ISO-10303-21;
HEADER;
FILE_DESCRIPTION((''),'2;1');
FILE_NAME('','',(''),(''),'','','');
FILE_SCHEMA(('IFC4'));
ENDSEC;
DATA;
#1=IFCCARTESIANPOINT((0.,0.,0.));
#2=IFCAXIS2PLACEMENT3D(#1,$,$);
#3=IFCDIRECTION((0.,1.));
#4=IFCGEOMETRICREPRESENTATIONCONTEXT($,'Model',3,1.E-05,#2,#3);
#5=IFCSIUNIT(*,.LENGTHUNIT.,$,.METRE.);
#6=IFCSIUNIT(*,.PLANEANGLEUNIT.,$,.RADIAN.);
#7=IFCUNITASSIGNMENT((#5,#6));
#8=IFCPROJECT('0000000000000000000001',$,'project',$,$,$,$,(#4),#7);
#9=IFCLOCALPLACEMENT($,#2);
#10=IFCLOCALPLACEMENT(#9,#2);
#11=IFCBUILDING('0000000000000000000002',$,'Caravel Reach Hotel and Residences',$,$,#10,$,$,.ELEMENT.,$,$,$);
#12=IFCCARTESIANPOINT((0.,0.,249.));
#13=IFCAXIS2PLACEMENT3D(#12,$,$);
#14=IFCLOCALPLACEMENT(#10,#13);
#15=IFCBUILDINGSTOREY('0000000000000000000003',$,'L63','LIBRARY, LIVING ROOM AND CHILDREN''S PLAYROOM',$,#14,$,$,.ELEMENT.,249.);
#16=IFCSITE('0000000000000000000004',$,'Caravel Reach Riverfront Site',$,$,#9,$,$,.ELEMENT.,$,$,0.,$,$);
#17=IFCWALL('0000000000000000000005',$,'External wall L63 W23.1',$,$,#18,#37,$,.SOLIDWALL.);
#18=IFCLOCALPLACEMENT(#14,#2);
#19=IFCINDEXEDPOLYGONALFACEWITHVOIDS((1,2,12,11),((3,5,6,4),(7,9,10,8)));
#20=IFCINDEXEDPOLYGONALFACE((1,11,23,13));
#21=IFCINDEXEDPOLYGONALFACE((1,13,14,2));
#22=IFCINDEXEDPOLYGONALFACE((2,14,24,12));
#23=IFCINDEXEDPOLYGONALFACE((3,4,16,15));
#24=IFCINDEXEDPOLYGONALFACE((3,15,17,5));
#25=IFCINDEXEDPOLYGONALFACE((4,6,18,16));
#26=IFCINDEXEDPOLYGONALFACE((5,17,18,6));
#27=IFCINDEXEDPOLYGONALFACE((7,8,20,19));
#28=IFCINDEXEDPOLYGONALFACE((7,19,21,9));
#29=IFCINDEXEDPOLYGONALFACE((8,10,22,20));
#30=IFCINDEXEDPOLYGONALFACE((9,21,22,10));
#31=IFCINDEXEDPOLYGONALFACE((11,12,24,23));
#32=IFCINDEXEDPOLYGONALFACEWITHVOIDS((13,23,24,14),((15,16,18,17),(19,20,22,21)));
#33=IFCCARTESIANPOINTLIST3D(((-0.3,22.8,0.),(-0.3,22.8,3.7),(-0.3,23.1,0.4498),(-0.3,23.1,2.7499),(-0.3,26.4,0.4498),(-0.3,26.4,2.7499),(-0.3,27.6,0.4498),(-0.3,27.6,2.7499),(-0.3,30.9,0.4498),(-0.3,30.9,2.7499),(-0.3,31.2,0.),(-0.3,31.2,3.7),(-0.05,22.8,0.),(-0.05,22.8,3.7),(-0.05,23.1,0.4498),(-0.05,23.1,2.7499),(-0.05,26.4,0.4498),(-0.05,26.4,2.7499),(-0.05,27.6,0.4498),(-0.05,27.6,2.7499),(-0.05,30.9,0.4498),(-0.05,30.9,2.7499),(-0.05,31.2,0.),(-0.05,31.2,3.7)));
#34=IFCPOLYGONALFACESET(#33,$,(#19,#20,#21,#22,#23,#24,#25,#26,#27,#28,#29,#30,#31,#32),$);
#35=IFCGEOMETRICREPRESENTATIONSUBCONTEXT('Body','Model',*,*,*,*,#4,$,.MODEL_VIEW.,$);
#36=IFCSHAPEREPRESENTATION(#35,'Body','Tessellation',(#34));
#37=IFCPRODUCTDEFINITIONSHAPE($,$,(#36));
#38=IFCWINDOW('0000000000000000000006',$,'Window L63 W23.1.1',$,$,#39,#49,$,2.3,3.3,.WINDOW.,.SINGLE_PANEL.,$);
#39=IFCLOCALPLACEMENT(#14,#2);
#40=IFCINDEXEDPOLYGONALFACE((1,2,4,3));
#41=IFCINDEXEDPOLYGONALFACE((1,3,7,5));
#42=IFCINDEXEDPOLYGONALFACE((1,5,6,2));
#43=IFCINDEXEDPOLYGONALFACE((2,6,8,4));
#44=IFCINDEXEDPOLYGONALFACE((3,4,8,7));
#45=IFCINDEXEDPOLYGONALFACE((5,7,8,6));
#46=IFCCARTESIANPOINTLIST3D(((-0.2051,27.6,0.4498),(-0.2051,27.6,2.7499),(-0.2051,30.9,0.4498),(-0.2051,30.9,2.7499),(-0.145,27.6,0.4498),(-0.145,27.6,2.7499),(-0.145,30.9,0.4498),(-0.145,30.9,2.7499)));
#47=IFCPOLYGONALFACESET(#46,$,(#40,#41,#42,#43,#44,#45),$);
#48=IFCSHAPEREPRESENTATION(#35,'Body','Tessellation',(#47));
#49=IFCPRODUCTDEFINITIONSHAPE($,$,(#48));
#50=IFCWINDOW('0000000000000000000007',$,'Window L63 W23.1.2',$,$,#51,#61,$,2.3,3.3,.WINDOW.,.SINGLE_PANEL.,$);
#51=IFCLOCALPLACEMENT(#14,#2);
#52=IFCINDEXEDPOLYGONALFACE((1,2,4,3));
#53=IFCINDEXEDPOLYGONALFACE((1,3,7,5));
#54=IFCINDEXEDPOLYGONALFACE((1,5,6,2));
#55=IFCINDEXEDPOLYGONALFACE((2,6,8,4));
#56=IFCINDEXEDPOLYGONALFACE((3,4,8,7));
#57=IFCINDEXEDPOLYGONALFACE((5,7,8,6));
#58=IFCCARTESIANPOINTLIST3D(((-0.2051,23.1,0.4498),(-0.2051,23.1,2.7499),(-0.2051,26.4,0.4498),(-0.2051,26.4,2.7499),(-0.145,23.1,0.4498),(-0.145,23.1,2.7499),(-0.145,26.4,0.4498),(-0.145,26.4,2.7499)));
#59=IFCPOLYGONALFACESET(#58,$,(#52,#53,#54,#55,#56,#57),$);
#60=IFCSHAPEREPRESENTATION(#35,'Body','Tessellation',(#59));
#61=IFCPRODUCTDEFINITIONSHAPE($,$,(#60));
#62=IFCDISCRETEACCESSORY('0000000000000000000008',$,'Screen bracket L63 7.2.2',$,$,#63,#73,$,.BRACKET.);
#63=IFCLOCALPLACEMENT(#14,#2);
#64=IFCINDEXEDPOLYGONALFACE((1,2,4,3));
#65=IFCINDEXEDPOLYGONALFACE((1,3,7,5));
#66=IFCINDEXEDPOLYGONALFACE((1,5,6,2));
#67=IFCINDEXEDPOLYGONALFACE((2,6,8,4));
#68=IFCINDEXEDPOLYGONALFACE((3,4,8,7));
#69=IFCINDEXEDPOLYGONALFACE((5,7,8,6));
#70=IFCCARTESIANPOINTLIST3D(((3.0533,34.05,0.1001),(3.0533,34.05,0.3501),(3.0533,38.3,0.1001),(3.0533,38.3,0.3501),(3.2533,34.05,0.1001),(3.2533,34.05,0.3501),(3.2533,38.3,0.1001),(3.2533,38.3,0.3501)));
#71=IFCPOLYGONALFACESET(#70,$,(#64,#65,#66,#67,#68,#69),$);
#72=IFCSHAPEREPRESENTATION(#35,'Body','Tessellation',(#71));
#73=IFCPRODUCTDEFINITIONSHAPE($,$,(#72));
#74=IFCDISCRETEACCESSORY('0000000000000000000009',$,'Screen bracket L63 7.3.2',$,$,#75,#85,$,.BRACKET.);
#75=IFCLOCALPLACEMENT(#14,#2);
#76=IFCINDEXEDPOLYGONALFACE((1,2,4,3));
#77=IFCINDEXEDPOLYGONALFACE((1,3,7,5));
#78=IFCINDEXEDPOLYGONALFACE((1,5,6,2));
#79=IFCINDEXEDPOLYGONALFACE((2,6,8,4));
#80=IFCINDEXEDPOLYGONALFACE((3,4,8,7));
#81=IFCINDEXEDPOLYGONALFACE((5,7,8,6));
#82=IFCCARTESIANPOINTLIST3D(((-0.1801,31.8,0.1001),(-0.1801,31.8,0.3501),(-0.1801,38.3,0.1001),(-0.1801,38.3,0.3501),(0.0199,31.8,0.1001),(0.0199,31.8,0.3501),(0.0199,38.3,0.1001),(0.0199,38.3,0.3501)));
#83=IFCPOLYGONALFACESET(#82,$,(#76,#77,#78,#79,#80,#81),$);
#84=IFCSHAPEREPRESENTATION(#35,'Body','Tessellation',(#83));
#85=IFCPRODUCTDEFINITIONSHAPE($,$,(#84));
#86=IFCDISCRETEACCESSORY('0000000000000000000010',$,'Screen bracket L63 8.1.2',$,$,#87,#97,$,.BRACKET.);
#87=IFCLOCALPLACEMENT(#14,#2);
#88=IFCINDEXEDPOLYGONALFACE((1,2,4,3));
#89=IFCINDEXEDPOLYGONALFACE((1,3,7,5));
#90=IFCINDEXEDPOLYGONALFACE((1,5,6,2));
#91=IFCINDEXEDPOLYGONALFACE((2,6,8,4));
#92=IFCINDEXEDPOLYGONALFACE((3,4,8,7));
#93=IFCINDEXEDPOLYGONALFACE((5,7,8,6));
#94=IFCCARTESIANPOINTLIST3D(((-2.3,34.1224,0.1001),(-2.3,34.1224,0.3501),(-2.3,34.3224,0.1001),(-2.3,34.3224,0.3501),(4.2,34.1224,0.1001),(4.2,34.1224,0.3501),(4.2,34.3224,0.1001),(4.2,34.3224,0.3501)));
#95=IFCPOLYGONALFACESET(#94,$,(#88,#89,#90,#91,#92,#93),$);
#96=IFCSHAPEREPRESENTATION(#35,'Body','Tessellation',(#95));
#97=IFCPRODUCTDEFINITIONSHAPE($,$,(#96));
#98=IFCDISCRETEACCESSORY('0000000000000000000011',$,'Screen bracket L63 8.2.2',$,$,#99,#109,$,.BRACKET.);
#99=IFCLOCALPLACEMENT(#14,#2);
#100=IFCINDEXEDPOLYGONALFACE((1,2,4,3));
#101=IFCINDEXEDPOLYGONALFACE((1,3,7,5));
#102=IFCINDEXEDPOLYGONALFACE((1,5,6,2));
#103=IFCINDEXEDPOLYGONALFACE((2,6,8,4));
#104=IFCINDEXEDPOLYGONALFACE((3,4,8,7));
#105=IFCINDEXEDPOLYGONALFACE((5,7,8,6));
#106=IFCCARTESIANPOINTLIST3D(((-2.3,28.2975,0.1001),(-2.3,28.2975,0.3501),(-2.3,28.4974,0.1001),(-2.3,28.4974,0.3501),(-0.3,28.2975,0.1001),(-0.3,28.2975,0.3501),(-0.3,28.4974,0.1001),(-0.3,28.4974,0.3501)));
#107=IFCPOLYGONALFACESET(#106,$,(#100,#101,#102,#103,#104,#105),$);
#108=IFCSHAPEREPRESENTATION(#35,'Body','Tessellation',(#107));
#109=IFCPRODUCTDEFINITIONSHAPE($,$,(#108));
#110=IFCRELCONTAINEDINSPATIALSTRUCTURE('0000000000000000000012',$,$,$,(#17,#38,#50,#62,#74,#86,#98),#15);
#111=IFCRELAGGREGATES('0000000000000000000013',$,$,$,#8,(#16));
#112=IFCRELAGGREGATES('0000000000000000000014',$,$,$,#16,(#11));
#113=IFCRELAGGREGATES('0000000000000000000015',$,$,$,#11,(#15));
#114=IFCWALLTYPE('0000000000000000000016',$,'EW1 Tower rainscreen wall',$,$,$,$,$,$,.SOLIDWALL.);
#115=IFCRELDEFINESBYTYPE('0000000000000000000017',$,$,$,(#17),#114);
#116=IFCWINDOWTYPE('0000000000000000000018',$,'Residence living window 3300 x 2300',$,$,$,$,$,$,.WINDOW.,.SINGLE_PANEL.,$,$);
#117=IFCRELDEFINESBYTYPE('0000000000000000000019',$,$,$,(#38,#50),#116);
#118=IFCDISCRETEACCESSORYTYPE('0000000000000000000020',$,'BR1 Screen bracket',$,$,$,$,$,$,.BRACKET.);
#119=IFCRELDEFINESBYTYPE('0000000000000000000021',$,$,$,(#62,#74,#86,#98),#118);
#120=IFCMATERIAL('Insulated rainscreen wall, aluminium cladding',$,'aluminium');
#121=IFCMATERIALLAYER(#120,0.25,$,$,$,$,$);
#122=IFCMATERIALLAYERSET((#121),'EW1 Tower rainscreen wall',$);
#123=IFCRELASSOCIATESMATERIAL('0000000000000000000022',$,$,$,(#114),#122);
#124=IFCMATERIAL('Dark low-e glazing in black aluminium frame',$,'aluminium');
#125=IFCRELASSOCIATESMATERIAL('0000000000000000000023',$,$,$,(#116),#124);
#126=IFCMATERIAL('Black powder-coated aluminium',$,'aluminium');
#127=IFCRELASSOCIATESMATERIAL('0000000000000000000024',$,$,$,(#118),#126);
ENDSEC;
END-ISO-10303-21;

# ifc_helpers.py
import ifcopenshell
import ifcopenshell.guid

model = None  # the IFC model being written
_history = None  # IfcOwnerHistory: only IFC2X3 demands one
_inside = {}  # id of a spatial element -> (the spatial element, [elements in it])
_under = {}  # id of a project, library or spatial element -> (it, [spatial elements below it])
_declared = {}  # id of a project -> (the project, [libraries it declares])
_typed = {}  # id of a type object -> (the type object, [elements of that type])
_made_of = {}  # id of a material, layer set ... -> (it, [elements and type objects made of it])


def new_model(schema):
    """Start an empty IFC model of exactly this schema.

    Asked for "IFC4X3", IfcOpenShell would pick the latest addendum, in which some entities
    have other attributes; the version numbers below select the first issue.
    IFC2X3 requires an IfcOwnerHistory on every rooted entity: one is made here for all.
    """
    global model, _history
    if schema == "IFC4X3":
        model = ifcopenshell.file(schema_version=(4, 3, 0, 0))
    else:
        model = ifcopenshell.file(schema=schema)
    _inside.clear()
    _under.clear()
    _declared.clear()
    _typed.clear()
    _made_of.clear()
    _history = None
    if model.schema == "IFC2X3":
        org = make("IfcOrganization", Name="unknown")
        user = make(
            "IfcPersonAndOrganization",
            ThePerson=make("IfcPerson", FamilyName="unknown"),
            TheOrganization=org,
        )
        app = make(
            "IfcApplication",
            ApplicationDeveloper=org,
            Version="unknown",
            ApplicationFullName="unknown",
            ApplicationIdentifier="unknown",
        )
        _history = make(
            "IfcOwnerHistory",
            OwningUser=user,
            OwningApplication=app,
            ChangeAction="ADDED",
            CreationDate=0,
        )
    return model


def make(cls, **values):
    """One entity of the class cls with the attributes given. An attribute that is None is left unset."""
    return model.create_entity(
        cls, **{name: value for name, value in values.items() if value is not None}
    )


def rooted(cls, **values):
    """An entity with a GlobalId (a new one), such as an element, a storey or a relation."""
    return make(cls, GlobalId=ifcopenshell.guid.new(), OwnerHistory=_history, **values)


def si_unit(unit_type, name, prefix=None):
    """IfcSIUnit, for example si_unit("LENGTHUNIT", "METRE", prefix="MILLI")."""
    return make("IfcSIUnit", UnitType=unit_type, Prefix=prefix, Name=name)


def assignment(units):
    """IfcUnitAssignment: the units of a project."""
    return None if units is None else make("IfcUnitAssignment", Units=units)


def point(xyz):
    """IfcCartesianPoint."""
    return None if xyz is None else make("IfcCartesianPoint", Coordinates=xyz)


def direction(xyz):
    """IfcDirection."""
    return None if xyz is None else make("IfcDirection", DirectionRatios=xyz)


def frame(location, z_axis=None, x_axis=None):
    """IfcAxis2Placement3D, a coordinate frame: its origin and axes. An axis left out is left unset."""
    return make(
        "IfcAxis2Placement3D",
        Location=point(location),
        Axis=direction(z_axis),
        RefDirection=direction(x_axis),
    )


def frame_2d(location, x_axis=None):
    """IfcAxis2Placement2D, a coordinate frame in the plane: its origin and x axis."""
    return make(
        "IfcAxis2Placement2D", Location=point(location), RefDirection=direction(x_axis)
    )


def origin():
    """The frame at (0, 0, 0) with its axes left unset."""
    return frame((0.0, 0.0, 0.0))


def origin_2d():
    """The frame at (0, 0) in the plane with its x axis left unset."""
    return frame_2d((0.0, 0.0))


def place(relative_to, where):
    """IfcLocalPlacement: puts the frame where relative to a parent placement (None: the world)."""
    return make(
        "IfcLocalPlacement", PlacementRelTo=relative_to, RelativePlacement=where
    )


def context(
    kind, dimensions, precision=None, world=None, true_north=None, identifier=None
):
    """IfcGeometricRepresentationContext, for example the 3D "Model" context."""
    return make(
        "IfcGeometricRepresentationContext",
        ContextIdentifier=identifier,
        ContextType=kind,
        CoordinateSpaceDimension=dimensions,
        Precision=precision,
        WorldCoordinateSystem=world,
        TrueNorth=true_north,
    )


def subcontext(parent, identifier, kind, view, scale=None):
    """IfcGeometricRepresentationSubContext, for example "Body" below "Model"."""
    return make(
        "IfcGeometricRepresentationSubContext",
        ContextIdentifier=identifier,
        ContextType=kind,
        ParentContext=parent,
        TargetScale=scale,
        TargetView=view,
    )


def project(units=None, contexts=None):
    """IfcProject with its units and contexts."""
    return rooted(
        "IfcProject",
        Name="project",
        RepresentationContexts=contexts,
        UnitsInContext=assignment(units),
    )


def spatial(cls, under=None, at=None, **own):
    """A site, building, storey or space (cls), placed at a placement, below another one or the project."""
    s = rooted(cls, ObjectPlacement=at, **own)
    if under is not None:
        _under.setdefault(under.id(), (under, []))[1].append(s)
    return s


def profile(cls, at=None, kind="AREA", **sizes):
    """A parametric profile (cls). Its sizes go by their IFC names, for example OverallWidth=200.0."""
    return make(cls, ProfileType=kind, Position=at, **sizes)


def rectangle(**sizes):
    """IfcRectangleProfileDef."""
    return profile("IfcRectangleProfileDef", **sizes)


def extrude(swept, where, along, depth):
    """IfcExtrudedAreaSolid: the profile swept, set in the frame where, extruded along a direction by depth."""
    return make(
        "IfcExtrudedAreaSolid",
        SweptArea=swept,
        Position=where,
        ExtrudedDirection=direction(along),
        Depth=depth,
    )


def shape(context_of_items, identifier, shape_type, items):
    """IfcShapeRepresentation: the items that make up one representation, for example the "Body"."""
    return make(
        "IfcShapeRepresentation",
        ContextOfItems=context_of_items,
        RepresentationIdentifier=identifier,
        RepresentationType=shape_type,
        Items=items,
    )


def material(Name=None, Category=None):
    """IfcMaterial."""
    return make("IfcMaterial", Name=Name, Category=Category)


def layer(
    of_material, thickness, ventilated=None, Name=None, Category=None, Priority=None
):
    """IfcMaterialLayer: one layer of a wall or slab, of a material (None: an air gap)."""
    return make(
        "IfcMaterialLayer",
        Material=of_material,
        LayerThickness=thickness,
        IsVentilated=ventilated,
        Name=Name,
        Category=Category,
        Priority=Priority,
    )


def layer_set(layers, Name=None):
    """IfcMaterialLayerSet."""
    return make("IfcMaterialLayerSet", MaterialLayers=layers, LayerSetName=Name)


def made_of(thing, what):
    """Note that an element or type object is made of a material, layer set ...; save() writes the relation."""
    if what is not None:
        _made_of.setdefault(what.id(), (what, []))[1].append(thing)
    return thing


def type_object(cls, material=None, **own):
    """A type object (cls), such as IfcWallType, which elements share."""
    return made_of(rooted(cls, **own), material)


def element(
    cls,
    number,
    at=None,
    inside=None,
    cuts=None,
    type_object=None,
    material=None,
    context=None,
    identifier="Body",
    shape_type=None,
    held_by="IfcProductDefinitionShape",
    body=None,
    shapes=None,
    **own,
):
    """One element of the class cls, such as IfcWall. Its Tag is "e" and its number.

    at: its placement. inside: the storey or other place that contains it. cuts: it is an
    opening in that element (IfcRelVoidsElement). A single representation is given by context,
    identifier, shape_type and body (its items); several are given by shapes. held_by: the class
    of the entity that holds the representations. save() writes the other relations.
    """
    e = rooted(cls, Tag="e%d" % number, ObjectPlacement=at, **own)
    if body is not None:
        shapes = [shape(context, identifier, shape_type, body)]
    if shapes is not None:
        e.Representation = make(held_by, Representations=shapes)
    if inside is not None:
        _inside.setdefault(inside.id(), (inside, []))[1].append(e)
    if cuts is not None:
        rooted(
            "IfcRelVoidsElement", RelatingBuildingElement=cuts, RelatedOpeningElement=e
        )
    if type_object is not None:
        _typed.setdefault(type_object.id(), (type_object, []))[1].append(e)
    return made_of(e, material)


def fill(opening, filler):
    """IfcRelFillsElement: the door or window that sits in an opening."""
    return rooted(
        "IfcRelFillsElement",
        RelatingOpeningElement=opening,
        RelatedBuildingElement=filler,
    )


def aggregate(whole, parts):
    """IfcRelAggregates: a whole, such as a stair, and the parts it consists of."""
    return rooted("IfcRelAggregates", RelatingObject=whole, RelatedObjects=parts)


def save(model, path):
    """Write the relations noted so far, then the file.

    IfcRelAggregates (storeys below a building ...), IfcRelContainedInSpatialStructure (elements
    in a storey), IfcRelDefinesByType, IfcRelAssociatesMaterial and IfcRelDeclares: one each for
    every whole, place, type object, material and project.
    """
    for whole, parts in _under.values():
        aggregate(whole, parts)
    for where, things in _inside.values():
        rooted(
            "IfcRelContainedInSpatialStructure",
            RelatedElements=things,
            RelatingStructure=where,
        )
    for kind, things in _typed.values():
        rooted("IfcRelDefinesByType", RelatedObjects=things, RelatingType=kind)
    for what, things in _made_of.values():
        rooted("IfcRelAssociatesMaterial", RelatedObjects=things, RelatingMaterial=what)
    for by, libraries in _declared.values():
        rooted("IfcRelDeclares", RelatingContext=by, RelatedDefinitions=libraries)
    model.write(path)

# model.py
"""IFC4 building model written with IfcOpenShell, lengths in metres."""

from ifc_helpers import new_model, si_unit, direction, frame, frame_2d, origin, origin_2d, place, context, subcontext, project, spatial, rectangle, extrude, material, layer, layer_set, type_object, element, fill, save


model = new_model("IFC4")

# Units and contexts
model_context = context("Model", 3, precision=1e-05, world=origin(), true_north=direction((0.0, 1.0)))
body_context = subcontext(model_context, "Body", "Model", "MODEL_VIEW")
ifc_project = project(units=[si_unit("LENGTHUNIT", "METRE"), si_unit("PLANEANGLEUNIT", "RADIAN")], contexts=[model_context])

# Site, building, storey
site_placement = place(None, origin())
site = spatial("IfcSite", under=ifc_project, at=site_placement, Name="Caravel Reach Riverfront Site", CompositionType="ELEMENT", RefElevation=0.0)
building_placement = place(site_placement, origin())
building = spatial("IfcBuilding", under=site, at=building_placement, Name="Caravel Reach Hotel and Residences", CompositionType="ELEMENT")
storey_placement = place(building_placement, frame((0.0, 0.0, 249.0)))
storey = spatial("IfcBuildingStorey", under=building, at=storey_placement, Name="L63", Description="LIBRARY, LIVING ROOM AND CHILDREN'S PLAYROOM", CompositionType="ELEMENT", Elevation=249.0)

# Shared definitions
ifc_material_1 = material(Name="Insulated rainscreen wall, aluminium cladding", Category="aluminium")
ifc_layer = layer(ifc_material_1, 0.25)
ifc_layer_set = layer_set([ifc_layer], Name="EW1 Tower rainscreen wall")
wall_type = type_object("IfcWallType", Name="EW1 Tower rainscreen wall", PredefinedType="SOLIDWALL", material=ifc_layer_set)

# Wall, openings, windows
wall_1_placement = place(storey_placement, frame((-0.175, 31.2, 0.0), z_axis=(0.0, 0.0, 1.0), x_axis=(0.0, -1.0, 0.0)))
wall_1 = element("IfcWall", 1, at=wall_1_placement, inside=storey, type_object=wall_type, Name="External wall L63 W23.1", PredefinedType="SOLIDWALL", context=body_context, shape_type="SweptSolid", body=[
    extrude(rectangle(XDim=8.3999, YDim=0.25, at=frame_2d((4.2, 0.0))), origin(), (0.0, 0.0, 1.0), 3.7),
])
opening_1_placement = place(wall_1_placement, frame((0.3, 0.0, 0.45)))
opening_1 = element("IfcOpeningElement", 2, at=opening_1_placement, cuts=wall_1, PredefinedType="OPENING", context=body_context, shape_type="SweptSolid", body=[
    extrude(rectangle(XDim=3.3, YDim=2.3, at=frame_2d((1.6499, 1.1499))), frame((0.0, 0.135, 0.0), z_axis=(0.0, -1.0, 0.0), x_axis=(1.0, 0.0, 0.0)), (0.0, 0.0, 1.0), 0.27),
])
opening_2_placement = place(wall_1_placement, frame((4.8, 0.0, 0.45)))
opening_2 = element("IfcOpeningElement", 3, at=opening_2_placement, cuts=wall_1, PredefinedType="OPENING", context=body_context, shape_type="SweptSolid", body=[
    extrude(rectangle(XDim=3.3, YDim=2.3, at=frame_2d((1.6499, 1.1499))), frame((0.0, 0.135, 0.0), z_axis=(0.0, -1.0, 0.0), x_axis=(1.0, 0.0, 0.0)), (0.0, 0.0, 1.0), 0.27),
])
ifc_material_2 = material(Name="Dark low-e glazing in black aluminium frame", Category="aluminium")
window_type_1 = type_object("IfcWindowType", Name="Residence living window 3300 x 2300", PartitioningType="SINGLE_PANEL", PredefinedType="WINDOW", material=ifc_material_2)
window_1_placement = place(opening_1_placement, origin())
window_1 = element("IfcWindow", 4, at=window_1_placement, inside=storey, type_object=window_type_1, Name="Window L63 W23.1.1", OverallHeight=2.3, OverallWidth=3.3, PartitioningType="SINGLE_PANEL", PredefinedType="WINDOW", context=body_context, shape_type="SweptSolid", body=[
    extrude(rectangle(XDim=3.3, YDim=2.3, at=frame_2d((1.6499, 1.1499))), frame((0.0, 0.03, 0.0), z_axis=(0.0, -1.0, 0.0), x_axis=(1.0, 0.0, 0.0)), (0.0, 0.0, 1.0), 0.0601),
])
fill(opening_1, window_1)
window_2_placement = place(opening_2_placement, origin())
window_2 = element("IfcWindow", 5, at=window_2_placement, inside=storey, type_object=window_type_1, Name="Window L63 W23.1.2", OverallHeight=2.3, OverallWidth=3.3, PartitioningType="SINGLE_PANEL", PredefinedType="WINDOW", context=body_context, shape_type="SweptSolid", body=[
    extrude(rectangle(XDim=3.3, YDim=2.3, at=frame_2d((1.6499, 1.1499))), frame((0.0, 0.03, 0.0), z_axis=(0.0, -1.0, 0.0), x_axis=(1.0, 0.0, 0.0)), (0.0, 0.0, 1.0), 0.0601),
])
fill(opening_2, window_2)

# Discrete accessories
ifc_material_3 = material(Name="Black powder-coated aluminium", Category="aluminium")
discrete_accessory_type = type_object("IfcDiscreteAccessoryType", Name="BR1 Screen bracket", PredefinedType="BRACKET", material=ifc_material_3)
discrete_accessory_1_placement = place(storey_placement, frame((3.1533, 36.175, 0.1001), z_axis=(0.0, 0.0, 1.0), x_axis=(0.0, 1.0, 0.0)))
element("IfcDiscreteAccessory", 6, at=discrete_accessory_1_placement, inside=storey, type_object=discrete_accessory_type, Name="Screen bracket L63 7.2.2", PredefinedType="BRACKET", context=body_context, shape_type="SweptSolid", body=[
    extrude(rectangle(XDim=4.25, YDim=0.2, at=origin_2d()), origin(), (0.0, 0.0, 1.0), 0.25),
])
for number, where, z_axis, x_axis, name in (
    (7, (-0.0801, 35.05, 0.1001), (0.0, 0.0, 1.0), (0.0, 1.0, 0.0), "Screen bracket L63 7.3.2"),
    (8, (0.95, 34.2224, 0.1001), (0.0, 0.0, 1.0), (-1.0, 0.0, 0.0), "Screen bracket L63 8.1.2"),
):
    element("IfcDiscreteAccessory", number, at=place(storey_placement, frame(where, z_axis=z_axis, x_axis=x_axis)), inside=storey, type_object=discrete_accessory_type, Name=name, PredefinedType="BRACKET", context=body_context, shape_type="SweptSolid", body=[
        extrude(rectangle(XDim=6.5, YDim=0.2, at=origin_2d()), origin(), (0.0, 0.0, 1.0), 0.25),
    ])
discrete_accessory_2_placement = place(storey_placement, frame((-1.3, 28.3975, 0.1001), z_axis=(0.0, 0.0, 1.0), x_axis=(-1.0, 0.0, 0.0)))
element("IfcDiscreteAccessory", 9, at=discrete_accessory_2_placement, inside=storey, type_object=discrete_accessory_type, Name="Screen bracket L63 8.2.2", PredefinedType="BRACKET", context=body_context, shape_type="SweptSolid", body=[
    extrude(rectangle(XDim=2.0, YDim=0.2, at=origin_2d()), origin(), (0.0, 0.0, 1.0), 0.25),
])

save(model, "model.ifc")
